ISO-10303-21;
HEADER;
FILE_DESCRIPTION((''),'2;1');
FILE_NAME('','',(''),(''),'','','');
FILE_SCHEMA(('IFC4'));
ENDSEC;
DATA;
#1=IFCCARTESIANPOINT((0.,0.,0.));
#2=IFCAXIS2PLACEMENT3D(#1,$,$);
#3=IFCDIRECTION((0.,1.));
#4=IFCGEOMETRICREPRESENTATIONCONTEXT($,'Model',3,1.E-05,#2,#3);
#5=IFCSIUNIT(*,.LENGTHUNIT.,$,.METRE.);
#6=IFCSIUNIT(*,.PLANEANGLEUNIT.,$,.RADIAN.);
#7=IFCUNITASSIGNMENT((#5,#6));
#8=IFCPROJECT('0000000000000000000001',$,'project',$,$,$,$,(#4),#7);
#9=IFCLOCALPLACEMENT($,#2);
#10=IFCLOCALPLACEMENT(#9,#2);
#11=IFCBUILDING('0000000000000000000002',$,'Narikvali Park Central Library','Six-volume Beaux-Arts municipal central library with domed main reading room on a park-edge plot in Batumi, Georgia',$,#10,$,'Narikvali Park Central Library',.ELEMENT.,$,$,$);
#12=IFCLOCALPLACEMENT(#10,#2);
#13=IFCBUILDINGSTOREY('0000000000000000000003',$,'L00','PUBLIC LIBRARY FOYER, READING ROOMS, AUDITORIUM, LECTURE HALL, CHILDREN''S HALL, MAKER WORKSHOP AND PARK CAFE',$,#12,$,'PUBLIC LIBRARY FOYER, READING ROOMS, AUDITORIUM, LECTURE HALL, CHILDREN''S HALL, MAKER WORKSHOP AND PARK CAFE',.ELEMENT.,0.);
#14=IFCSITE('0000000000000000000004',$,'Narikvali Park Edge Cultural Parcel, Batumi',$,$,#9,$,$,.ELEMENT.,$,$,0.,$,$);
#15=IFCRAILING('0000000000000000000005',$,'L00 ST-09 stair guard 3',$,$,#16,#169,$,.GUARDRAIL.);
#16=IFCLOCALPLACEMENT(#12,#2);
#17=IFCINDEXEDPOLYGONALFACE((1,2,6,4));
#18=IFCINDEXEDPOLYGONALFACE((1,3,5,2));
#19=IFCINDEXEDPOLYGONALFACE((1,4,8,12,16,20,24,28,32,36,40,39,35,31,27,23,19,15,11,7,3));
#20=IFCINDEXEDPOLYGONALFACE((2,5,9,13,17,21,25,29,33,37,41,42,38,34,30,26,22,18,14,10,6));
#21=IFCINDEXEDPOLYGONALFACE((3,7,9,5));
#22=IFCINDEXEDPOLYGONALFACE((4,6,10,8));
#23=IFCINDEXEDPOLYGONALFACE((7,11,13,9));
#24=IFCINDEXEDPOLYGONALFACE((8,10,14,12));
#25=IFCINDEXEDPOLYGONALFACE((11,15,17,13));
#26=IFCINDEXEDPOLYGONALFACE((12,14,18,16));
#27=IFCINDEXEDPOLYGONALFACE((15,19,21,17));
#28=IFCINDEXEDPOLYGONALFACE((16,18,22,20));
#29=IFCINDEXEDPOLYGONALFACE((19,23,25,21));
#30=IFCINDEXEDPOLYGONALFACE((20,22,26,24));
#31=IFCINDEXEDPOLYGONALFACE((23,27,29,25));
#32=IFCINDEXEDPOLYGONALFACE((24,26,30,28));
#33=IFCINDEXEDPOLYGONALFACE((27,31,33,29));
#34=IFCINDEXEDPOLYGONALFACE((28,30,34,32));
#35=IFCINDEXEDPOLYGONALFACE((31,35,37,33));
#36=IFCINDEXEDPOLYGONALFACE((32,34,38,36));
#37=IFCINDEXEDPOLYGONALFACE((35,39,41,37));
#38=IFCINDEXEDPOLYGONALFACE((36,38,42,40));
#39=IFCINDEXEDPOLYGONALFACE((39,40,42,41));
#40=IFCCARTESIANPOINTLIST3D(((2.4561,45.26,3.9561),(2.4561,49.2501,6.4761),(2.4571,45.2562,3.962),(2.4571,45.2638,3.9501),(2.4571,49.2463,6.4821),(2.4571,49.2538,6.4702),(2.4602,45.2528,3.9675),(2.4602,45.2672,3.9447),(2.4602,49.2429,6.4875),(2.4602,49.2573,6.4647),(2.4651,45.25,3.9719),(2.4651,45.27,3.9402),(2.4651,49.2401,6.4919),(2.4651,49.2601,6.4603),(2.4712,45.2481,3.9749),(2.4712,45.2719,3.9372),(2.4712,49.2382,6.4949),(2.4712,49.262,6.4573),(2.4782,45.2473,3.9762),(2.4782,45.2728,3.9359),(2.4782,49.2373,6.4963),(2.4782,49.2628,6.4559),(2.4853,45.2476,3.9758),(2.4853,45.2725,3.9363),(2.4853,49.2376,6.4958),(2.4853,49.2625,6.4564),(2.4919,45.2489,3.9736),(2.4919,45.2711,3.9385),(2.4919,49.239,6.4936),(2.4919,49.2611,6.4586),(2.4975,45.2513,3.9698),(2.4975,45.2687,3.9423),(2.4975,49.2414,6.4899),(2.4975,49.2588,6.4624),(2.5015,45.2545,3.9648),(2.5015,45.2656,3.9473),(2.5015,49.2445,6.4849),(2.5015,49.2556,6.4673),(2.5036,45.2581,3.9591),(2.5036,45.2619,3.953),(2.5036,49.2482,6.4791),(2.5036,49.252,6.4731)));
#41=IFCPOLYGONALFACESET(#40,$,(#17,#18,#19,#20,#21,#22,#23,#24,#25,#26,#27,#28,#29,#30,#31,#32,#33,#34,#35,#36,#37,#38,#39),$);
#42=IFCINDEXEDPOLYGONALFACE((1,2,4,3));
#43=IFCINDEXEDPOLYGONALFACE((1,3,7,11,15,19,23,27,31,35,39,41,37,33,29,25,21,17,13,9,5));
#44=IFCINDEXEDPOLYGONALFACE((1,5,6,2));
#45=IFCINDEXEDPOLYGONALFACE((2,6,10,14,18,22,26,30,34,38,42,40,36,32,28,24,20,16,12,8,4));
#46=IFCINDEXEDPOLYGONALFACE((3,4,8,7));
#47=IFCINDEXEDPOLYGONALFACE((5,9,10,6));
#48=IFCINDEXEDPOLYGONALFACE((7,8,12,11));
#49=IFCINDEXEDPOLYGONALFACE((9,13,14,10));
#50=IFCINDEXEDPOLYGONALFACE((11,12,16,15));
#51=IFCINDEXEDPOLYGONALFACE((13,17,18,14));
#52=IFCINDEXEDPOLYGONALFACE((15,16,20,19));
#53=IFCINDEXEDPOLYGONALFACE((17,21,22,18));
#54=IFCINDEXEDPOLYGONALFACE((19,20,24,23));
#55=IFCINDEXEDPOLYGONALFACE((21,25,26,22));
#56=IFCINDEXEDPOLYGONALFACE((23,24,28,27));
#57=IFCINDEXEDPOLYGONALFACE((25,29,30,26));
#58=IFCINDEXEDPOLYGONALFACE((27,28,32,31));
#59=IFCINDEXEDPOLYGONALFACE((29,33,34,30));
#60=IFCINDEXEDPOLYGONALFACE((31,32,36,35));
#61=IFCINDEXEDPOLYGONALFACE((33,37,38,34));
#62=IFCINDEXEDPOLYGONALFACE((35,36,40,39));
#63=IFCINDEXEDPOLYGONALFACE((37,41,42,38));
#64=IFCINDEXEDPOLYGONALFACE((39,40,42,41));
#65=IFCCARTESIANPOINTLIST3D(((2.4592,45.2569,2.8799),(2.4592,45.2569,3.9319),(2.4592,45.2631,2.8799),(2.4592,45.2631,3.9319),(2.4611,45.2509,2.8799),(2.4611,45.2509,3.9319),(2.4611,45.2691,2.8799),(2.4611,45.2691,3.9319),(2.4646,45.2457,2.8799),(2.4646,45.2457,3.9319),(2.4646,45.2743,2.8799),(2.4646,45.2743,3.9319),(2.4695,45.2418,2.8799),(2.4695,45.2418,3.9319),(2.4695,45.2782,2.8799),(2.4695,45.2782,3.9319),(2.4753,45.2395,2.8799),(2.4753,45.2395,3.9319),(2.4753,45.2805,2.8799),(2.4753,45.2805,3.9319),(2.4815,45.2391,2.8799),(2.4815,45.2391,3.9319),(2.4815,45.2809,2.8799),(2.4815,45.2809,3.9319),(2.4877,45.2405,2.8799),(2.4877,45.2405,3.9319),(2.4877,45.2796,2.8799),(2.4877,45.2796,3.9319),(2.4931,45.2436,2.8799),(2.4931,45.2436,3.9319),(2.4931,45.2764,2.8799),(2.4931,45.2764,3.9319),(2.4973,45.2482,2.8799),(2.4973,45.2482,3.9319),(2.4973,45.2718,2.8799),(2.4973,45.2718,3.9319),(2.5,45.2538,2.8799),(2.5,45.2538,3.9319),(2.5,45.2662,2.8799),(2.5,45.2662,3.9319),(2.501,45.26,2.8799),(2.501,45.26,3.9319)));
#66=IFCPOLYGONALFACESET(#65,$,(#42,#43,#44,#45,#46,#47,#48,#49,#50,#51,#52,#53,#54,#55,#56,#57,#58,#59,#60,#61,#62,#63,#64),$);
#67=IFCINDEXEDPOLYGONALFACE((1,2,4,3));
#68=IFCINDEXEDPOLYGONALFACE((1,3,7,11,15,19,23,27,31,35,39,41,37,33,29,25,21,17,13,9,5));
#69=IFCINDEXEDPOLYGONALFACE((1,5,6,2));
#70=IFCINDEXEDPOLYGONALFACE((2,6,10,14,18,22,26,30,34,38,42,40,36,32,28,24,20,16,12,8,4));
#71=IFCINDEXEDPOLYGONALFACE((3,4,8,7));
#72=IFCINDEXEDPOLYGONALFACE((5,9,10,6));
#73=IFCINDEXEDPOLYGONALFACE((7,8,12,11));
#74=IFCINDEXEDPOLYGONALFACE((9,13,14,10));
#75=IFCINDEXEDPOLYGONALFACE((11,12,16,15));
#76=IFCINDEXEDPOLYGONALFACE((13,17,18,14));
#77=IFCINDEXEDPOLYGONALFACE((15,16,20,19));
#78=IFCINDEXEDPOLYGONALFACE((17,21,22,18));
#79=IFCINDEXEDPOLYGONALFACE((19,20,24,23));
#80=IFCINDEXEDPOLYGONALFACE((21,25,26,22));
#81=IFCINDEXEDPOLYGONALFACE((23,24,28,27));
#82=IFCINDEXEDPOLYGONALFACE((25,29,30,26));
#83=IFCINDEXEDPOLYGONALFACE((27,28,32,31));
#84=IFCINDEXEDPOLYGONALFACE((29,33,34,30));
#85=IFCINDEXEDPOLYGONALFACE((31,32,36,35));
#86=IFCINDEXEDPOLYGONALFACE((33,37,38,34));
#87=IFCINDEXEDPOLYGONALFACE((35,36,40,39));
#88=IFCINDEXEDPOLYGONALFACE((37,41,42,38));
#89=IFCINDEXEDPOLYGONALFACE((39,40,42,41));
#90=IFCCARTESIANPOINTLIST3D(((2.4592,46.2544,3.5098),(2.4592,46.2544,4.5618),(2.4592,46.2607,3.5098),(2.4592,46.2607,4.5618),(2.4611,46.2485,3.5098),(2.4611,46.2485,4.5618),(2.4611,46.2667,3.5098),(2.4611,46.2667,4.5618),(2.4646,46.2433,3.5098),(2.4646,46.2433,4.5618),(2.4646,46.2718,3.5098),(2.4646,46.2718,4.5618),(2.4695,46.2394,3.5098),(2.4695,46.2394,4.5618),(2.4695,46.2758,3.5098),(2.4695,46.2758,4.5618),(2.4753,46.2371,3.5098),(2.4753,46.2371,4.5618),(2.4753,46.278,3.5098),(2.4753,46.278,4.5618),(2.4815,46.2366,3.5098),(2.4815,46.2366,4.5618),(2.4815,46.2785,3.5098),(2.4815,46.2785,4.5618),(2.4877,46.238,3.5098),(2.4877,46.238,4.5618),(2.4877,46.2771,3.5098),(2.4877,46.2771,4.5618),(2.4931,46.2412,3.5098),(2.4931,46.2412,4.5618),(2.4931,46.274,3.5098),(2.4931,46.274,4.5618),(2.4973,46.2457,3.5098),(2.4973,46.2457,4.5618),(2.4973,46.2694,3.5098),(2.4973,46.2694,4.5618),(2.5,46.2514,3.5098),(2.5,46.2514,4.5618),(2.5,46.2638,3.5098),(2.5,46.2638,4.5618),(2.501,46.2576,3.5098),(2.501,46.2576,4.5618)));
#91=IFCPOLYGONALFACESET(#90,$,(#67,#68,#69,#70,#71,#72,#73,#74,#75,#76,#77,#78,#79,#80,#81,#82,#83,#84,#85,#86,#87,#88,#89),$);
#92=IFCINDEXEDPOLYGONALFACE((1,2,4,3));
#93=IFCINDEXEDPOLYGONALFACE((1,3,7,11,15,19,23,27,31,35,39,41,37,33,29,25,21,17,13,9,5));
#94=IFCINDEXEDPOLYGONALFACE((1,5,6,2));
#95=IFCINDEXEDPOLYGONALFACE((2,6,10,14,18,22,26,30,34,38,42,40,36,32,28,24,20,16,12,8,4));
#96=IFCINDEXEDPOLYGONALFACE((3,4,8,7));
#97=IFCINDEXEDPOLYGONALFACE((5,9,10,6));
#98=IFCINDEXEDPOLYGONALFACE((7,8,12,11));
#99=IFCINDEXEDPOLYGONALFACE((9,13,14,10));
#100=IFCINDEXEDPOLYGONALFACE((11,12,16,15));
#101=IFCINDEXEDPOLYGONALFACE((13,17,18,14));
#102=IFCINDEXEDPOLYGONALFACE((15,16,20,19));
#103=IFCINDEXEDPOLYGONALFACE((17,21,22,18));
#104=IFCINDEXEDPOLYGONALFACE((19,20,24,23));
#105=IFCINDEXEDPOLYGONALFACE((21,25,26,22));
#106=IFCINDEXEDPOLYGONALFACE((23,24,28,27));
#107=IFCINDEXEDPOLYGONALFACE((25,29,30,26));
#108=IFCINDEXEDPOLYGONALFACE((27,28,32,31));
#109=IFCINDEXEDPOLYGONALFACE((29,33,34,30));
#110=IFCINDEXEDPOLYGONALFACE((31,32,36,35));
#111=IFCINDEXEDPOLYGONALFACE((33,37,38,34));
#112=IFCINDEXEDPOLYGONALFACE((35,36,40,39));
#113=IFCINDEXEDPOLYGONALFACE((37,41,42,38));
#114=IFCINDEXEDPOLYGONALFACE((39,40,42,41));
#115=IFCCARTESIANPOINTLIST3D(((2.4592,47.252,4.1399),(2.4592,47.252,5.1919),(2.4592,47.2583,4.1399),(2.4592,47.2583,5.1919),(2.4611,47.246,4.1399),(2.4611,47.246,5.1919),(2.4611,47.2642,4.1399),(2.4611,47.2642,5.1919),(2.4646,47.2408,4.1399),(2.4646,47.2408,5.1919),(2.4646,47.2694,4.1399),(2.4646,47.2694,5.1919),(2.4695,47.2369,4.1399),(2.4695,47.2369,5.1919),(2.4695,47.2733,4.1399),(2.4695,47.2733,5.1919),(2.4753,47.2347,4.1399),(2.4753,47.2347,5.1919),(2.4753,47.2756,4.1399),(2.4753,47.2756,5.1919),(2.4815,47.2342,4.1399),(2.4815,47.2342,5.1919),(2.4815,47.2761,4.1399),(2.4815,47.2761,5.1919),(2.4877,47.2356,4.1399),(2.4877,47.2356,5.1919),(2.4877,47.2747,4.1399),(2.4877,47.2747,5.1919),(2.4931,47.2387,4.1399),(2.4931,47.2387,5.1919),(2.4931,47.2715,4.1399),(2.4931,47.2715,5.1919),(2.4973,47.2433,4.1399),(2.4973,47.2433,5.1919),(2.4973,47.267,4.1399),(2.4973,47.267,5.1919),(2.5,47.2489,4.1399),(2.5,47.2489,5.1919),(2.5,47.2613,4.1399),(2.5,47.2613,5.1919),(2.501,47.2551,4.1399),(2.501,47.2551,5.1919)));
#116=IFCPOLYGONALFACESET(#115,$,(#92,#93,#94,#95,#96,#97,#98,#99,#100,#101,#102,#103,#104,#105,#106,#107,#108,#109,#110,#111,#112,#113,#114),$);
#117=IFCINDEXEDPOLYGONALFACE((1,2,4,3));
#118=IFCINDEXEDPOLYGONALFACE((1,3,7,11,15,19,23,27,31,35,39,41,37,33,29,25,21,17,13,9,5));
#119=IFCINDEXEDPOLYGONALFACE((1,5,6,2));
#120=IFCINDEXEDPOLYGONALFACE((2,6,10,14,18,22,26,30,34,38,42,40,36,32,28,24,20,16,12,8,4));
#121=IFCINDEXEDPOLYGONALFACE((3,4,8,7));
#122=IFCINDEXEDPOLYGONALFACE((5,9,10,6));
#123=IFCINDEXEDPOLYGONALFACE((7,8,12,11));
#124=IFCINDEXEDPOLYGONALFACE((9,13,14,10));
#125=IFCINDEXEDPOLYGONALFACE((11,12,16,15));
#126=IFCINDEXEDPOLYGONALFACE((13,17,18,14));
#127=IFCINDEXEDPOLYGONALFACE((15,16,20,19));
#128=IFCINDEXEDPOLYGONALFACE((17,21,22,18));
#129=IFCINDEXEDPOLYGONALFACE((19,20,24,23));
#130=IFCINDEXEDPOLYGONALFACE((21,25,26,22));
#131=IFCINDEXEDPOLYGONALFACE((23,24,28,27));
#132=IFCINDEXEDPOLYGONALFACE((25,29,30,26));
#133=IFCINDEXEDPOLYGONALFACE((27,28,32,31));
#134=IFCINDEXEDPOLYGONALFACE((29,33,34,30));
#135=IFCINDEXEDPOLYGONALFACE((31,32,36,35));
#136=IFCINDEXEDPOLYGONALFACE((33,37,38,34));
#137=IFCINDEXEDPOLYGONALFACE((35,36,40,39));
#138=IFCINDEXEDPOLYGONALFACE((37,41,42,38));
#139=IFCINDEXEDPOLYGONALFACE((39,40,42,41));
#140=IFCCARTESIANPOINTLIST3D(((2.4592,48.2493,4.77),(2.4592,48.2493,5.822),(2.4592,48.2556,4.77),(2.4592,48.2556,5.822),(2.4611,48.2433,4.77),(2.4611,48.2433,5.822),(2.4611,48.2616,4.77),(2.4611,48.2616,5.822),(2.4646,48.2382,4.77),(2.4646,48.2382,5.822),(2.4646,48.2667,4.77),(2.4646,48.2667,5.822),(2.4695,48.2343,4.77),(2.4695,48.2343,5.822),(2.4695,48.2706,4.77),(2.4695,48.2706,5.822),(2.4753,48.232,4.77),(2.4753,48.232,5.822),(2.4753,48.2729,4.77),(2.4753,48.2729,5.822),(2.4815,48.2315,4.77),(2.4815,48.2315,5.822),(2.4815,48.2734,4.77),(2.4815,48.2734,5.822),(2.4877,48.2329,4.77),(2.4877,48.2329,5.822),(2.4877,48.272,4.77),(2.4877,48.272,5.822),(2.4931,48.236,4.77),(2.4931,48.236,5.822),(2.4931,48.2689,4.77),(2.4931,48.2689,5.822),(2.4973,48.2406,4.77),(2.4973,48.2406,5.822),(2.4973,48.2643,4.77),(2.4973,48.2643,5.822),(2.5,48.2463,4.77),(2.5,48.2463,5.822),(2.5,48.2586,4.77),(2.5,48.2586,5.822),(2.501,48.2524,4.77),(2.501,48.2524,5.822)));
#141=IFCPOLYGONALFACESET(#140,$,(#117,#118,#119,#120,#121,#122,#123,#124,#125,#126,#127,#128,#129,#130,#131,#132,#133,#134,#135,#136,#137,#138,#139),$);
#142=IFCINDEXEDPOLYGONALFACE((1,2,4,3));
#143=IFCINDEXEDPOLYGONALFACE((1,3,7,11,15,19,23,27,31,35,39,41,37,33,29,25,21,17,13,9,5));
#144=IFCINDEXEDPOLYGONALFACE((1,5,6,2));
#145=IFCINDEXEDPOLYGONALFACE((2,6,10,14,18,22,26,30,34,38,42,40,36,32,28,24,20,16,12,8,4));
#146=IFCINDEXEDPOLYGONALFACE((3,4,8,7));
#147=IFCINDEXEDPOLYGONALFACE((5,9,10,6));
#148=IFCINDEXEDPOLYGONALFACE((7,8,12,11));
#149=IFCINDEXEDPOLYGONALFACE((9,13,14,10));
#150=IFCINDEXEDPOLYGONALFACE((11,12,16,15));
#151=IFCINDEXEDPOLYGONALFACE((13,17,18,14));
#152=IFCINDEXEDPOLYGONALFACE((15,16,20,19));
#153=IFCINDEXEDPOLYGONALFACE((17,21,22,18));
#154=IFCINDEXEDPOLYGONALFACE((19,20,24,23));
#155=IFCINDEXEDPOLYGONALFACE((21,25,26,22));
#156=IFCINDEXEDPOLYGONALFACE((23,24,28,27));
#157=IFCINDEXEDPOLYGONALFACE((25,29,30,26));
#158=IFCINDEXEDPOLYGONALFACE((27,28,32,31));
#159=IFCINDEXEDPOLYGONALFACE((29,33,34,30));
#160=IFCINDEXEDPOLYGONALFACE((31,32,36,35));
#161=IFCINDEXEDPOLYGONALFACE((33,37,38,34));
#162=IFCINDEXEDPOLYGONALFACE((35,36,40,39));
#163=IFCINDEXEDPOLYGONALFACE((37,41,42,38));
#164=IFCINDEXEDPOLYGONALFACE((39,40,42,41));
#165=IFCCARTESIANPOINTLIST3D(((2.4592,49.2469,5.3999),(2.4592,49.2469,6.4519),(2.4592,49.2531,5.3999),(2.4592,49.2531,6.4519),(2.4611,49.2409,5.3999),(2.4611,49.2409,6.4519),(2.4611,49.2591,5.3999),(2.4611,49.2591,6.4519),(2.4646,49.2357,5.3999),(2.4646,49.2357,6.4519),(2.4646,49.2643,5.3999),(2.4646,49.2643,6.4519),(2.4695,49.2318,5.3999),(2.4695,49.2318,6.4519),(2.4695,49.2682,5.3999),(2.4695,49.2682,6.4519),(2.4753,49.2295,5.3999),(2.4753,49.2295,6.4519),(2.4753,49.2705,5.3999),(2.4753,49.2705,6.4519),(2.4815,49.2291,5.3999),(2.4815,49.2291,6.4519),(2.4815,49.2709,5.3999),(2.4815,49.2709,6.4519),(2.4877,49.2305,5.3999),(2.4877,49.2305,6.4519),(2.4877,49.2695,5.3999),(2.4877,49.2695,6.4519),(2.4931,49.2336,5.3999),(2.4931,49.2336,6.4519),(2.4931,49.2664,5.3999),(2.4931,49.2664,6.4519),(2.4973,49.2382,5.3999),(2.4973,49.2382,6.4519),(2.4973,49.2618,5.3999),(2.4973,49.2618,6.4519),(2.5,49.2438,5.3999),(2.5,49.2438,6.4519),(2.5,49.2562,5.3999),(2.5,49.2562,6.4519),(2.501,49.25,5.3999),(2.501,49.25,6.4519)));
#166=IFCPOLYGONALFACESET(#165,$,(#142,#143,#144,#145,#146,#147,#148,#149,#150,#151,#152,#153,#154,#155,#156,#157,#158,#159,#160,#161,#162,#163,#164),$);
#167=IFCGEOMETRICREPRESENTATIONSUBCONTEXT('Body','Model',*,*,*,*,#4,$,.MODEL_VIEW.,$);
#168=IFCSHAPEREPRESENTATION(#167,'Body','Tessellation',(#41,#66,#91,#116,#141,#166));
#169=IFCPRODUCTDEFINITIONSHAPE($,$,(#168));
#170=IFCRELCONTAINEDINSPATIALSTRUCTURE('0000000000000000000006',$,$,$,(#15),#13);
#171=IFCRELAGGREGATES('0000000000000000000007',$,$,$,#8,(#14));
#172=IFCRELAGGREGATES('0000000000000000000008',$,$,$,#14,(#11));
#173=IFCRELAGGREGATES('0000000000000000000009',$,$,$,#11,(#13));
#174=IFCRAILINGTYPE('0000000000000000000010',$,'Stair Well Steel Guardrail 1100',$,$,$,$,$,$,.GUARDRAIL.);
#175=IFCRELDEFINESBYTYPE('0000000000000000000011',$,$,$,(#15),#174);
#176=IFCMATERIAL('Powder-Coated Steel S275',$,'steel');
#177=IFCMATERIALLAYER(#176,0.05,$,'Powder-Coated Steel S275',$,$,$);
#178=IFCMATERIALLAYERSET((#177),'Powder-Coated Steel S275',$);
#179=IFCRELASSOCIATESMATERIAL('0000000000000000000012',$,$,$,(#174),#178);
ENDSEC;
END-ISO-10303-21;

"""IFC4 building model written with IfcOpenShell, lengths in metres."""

from ifc_helpers import new_model, si_unit, direction, frame, origin, origin_2d, place, context, subcontext, project, spatial, circle, extrude, material, layer, layer_set, type_object, element, save


model = new_model("IFC4")

# Units and contexts
model_context = context("Model", 3, precision=1e-05, world=origin(), true_north=direction((0.0, 1.0)))
body_context = subcontext(model_context, "Body", "Model", "MODEL_VIEW")
ifc_project = project(units=[si_unit("LENGTHUNIT", "METRE"), si_unit("PLANEANGLEUNIT", "RADIAN")], contexts=[model_context])

# Site, building, storey
site_placement = place(None, origin())
site = spatial("IfcSite", under=ifc_project, at=site_placement, Name="Narikvali Park Edge Cultural Parcel, Batumi", CompositionType="ELEMENT", RefElevation=0.0)
building_placement = place(site_placement, origin())
building = spatial("IfcBuilding", under=site, at=building_placement, Name="Narikvali Park Central Library", Description="Six-volume Beaux-Arts municipal central library with domed main reading room on a park-edge plot in Batumi, Georgia", LongName="Narikvali Park Central Library", CompositionType="ELEMENT")
storey_placement = place(building_placement, origin())
storey = spatial("IfcBuildingStorey", under=building, at=storey_placement, Name="L00", Description="PUBLIC LIBRARY FOYER, READING ROOMS, AUDITORIUM, LECTURE HALL, CHILDREN'S HALL, MAKER WORKSHOP AND PARK CAFE", LongName="PUBLIC LIBRARY FOYER, READING ROOMS, AUDITORIUM, LECTURE HALL, CHILDREN'S HALL, MAKER WORKSHOP AND PARK CAFE", CompositionType="ELEMENT", Elevation=0.0)

# Railing
ifc_material_1 = material(Name="Powder-Coated Steel S275", Category="steel")
ifc_layer_1 = layer(ifc_material_1, 0.05, Name="Powder-Coated Steel S275")
ifc_layer_set_1 = layer_set([ifc_layer_1], Name="Powder-Coated Steel S275")
railing_type_1 = type_object("IfcRailingType", Name="Stair Well Steel Guardrail 1100", PredefinedType="GUARDRAIL", material=ifc_layer_set_1)
railing_1_placement = place(storey_placement, frame((2.48, 45.26, 2.8799)))
element("IfcRailing", 1, at=railing_1_placement, inside=storey, type_object=railing_type_1, Name="L00 ST-09 stair guard 3", PredefinedType="GUARDRAIL", context=body_context, shape_type="SweptSolid", body=[
    extrude(circle(Radius=0.0239, at=origin_2d()), frame((0.0, 0.0, 1.0762), z_axis=(0.0, 0.845486, 0.533997), x_axis=(-1.0, 0.0, 0.0)), (0.0, 0.0, 1.0), 4.7192),
    extrude(circle(Radius=0.021, at=origin_2d()), origin(), (0.0, 0.0, 1.0), 1.052),
    extrude(circle(Radius=0.021, at=origin_2d()), frame((0.0, 0.9976, 0.6299)), (0.0, 0.0, 1.0), 1.052),
    extrude(circle(Radius=0.021, at=origin_2d()), frame((0.0, 1.9951, 1.26)), (0.0, 0.0, 1.0), 1.052),
    extrude(circle(Radius=0.021, at=origin_2d()), frame((0.0, 2.9924, 1.8901)), (0.0, 0.0, 1.0), 1.052),
    extrude(circle(Radius=0.021, at=origin_2d()), frame((0.0, 3.99, 2.52)), (0.0, 0.0, 1.0), 1.052),
])

save(model, "model.ifc")
